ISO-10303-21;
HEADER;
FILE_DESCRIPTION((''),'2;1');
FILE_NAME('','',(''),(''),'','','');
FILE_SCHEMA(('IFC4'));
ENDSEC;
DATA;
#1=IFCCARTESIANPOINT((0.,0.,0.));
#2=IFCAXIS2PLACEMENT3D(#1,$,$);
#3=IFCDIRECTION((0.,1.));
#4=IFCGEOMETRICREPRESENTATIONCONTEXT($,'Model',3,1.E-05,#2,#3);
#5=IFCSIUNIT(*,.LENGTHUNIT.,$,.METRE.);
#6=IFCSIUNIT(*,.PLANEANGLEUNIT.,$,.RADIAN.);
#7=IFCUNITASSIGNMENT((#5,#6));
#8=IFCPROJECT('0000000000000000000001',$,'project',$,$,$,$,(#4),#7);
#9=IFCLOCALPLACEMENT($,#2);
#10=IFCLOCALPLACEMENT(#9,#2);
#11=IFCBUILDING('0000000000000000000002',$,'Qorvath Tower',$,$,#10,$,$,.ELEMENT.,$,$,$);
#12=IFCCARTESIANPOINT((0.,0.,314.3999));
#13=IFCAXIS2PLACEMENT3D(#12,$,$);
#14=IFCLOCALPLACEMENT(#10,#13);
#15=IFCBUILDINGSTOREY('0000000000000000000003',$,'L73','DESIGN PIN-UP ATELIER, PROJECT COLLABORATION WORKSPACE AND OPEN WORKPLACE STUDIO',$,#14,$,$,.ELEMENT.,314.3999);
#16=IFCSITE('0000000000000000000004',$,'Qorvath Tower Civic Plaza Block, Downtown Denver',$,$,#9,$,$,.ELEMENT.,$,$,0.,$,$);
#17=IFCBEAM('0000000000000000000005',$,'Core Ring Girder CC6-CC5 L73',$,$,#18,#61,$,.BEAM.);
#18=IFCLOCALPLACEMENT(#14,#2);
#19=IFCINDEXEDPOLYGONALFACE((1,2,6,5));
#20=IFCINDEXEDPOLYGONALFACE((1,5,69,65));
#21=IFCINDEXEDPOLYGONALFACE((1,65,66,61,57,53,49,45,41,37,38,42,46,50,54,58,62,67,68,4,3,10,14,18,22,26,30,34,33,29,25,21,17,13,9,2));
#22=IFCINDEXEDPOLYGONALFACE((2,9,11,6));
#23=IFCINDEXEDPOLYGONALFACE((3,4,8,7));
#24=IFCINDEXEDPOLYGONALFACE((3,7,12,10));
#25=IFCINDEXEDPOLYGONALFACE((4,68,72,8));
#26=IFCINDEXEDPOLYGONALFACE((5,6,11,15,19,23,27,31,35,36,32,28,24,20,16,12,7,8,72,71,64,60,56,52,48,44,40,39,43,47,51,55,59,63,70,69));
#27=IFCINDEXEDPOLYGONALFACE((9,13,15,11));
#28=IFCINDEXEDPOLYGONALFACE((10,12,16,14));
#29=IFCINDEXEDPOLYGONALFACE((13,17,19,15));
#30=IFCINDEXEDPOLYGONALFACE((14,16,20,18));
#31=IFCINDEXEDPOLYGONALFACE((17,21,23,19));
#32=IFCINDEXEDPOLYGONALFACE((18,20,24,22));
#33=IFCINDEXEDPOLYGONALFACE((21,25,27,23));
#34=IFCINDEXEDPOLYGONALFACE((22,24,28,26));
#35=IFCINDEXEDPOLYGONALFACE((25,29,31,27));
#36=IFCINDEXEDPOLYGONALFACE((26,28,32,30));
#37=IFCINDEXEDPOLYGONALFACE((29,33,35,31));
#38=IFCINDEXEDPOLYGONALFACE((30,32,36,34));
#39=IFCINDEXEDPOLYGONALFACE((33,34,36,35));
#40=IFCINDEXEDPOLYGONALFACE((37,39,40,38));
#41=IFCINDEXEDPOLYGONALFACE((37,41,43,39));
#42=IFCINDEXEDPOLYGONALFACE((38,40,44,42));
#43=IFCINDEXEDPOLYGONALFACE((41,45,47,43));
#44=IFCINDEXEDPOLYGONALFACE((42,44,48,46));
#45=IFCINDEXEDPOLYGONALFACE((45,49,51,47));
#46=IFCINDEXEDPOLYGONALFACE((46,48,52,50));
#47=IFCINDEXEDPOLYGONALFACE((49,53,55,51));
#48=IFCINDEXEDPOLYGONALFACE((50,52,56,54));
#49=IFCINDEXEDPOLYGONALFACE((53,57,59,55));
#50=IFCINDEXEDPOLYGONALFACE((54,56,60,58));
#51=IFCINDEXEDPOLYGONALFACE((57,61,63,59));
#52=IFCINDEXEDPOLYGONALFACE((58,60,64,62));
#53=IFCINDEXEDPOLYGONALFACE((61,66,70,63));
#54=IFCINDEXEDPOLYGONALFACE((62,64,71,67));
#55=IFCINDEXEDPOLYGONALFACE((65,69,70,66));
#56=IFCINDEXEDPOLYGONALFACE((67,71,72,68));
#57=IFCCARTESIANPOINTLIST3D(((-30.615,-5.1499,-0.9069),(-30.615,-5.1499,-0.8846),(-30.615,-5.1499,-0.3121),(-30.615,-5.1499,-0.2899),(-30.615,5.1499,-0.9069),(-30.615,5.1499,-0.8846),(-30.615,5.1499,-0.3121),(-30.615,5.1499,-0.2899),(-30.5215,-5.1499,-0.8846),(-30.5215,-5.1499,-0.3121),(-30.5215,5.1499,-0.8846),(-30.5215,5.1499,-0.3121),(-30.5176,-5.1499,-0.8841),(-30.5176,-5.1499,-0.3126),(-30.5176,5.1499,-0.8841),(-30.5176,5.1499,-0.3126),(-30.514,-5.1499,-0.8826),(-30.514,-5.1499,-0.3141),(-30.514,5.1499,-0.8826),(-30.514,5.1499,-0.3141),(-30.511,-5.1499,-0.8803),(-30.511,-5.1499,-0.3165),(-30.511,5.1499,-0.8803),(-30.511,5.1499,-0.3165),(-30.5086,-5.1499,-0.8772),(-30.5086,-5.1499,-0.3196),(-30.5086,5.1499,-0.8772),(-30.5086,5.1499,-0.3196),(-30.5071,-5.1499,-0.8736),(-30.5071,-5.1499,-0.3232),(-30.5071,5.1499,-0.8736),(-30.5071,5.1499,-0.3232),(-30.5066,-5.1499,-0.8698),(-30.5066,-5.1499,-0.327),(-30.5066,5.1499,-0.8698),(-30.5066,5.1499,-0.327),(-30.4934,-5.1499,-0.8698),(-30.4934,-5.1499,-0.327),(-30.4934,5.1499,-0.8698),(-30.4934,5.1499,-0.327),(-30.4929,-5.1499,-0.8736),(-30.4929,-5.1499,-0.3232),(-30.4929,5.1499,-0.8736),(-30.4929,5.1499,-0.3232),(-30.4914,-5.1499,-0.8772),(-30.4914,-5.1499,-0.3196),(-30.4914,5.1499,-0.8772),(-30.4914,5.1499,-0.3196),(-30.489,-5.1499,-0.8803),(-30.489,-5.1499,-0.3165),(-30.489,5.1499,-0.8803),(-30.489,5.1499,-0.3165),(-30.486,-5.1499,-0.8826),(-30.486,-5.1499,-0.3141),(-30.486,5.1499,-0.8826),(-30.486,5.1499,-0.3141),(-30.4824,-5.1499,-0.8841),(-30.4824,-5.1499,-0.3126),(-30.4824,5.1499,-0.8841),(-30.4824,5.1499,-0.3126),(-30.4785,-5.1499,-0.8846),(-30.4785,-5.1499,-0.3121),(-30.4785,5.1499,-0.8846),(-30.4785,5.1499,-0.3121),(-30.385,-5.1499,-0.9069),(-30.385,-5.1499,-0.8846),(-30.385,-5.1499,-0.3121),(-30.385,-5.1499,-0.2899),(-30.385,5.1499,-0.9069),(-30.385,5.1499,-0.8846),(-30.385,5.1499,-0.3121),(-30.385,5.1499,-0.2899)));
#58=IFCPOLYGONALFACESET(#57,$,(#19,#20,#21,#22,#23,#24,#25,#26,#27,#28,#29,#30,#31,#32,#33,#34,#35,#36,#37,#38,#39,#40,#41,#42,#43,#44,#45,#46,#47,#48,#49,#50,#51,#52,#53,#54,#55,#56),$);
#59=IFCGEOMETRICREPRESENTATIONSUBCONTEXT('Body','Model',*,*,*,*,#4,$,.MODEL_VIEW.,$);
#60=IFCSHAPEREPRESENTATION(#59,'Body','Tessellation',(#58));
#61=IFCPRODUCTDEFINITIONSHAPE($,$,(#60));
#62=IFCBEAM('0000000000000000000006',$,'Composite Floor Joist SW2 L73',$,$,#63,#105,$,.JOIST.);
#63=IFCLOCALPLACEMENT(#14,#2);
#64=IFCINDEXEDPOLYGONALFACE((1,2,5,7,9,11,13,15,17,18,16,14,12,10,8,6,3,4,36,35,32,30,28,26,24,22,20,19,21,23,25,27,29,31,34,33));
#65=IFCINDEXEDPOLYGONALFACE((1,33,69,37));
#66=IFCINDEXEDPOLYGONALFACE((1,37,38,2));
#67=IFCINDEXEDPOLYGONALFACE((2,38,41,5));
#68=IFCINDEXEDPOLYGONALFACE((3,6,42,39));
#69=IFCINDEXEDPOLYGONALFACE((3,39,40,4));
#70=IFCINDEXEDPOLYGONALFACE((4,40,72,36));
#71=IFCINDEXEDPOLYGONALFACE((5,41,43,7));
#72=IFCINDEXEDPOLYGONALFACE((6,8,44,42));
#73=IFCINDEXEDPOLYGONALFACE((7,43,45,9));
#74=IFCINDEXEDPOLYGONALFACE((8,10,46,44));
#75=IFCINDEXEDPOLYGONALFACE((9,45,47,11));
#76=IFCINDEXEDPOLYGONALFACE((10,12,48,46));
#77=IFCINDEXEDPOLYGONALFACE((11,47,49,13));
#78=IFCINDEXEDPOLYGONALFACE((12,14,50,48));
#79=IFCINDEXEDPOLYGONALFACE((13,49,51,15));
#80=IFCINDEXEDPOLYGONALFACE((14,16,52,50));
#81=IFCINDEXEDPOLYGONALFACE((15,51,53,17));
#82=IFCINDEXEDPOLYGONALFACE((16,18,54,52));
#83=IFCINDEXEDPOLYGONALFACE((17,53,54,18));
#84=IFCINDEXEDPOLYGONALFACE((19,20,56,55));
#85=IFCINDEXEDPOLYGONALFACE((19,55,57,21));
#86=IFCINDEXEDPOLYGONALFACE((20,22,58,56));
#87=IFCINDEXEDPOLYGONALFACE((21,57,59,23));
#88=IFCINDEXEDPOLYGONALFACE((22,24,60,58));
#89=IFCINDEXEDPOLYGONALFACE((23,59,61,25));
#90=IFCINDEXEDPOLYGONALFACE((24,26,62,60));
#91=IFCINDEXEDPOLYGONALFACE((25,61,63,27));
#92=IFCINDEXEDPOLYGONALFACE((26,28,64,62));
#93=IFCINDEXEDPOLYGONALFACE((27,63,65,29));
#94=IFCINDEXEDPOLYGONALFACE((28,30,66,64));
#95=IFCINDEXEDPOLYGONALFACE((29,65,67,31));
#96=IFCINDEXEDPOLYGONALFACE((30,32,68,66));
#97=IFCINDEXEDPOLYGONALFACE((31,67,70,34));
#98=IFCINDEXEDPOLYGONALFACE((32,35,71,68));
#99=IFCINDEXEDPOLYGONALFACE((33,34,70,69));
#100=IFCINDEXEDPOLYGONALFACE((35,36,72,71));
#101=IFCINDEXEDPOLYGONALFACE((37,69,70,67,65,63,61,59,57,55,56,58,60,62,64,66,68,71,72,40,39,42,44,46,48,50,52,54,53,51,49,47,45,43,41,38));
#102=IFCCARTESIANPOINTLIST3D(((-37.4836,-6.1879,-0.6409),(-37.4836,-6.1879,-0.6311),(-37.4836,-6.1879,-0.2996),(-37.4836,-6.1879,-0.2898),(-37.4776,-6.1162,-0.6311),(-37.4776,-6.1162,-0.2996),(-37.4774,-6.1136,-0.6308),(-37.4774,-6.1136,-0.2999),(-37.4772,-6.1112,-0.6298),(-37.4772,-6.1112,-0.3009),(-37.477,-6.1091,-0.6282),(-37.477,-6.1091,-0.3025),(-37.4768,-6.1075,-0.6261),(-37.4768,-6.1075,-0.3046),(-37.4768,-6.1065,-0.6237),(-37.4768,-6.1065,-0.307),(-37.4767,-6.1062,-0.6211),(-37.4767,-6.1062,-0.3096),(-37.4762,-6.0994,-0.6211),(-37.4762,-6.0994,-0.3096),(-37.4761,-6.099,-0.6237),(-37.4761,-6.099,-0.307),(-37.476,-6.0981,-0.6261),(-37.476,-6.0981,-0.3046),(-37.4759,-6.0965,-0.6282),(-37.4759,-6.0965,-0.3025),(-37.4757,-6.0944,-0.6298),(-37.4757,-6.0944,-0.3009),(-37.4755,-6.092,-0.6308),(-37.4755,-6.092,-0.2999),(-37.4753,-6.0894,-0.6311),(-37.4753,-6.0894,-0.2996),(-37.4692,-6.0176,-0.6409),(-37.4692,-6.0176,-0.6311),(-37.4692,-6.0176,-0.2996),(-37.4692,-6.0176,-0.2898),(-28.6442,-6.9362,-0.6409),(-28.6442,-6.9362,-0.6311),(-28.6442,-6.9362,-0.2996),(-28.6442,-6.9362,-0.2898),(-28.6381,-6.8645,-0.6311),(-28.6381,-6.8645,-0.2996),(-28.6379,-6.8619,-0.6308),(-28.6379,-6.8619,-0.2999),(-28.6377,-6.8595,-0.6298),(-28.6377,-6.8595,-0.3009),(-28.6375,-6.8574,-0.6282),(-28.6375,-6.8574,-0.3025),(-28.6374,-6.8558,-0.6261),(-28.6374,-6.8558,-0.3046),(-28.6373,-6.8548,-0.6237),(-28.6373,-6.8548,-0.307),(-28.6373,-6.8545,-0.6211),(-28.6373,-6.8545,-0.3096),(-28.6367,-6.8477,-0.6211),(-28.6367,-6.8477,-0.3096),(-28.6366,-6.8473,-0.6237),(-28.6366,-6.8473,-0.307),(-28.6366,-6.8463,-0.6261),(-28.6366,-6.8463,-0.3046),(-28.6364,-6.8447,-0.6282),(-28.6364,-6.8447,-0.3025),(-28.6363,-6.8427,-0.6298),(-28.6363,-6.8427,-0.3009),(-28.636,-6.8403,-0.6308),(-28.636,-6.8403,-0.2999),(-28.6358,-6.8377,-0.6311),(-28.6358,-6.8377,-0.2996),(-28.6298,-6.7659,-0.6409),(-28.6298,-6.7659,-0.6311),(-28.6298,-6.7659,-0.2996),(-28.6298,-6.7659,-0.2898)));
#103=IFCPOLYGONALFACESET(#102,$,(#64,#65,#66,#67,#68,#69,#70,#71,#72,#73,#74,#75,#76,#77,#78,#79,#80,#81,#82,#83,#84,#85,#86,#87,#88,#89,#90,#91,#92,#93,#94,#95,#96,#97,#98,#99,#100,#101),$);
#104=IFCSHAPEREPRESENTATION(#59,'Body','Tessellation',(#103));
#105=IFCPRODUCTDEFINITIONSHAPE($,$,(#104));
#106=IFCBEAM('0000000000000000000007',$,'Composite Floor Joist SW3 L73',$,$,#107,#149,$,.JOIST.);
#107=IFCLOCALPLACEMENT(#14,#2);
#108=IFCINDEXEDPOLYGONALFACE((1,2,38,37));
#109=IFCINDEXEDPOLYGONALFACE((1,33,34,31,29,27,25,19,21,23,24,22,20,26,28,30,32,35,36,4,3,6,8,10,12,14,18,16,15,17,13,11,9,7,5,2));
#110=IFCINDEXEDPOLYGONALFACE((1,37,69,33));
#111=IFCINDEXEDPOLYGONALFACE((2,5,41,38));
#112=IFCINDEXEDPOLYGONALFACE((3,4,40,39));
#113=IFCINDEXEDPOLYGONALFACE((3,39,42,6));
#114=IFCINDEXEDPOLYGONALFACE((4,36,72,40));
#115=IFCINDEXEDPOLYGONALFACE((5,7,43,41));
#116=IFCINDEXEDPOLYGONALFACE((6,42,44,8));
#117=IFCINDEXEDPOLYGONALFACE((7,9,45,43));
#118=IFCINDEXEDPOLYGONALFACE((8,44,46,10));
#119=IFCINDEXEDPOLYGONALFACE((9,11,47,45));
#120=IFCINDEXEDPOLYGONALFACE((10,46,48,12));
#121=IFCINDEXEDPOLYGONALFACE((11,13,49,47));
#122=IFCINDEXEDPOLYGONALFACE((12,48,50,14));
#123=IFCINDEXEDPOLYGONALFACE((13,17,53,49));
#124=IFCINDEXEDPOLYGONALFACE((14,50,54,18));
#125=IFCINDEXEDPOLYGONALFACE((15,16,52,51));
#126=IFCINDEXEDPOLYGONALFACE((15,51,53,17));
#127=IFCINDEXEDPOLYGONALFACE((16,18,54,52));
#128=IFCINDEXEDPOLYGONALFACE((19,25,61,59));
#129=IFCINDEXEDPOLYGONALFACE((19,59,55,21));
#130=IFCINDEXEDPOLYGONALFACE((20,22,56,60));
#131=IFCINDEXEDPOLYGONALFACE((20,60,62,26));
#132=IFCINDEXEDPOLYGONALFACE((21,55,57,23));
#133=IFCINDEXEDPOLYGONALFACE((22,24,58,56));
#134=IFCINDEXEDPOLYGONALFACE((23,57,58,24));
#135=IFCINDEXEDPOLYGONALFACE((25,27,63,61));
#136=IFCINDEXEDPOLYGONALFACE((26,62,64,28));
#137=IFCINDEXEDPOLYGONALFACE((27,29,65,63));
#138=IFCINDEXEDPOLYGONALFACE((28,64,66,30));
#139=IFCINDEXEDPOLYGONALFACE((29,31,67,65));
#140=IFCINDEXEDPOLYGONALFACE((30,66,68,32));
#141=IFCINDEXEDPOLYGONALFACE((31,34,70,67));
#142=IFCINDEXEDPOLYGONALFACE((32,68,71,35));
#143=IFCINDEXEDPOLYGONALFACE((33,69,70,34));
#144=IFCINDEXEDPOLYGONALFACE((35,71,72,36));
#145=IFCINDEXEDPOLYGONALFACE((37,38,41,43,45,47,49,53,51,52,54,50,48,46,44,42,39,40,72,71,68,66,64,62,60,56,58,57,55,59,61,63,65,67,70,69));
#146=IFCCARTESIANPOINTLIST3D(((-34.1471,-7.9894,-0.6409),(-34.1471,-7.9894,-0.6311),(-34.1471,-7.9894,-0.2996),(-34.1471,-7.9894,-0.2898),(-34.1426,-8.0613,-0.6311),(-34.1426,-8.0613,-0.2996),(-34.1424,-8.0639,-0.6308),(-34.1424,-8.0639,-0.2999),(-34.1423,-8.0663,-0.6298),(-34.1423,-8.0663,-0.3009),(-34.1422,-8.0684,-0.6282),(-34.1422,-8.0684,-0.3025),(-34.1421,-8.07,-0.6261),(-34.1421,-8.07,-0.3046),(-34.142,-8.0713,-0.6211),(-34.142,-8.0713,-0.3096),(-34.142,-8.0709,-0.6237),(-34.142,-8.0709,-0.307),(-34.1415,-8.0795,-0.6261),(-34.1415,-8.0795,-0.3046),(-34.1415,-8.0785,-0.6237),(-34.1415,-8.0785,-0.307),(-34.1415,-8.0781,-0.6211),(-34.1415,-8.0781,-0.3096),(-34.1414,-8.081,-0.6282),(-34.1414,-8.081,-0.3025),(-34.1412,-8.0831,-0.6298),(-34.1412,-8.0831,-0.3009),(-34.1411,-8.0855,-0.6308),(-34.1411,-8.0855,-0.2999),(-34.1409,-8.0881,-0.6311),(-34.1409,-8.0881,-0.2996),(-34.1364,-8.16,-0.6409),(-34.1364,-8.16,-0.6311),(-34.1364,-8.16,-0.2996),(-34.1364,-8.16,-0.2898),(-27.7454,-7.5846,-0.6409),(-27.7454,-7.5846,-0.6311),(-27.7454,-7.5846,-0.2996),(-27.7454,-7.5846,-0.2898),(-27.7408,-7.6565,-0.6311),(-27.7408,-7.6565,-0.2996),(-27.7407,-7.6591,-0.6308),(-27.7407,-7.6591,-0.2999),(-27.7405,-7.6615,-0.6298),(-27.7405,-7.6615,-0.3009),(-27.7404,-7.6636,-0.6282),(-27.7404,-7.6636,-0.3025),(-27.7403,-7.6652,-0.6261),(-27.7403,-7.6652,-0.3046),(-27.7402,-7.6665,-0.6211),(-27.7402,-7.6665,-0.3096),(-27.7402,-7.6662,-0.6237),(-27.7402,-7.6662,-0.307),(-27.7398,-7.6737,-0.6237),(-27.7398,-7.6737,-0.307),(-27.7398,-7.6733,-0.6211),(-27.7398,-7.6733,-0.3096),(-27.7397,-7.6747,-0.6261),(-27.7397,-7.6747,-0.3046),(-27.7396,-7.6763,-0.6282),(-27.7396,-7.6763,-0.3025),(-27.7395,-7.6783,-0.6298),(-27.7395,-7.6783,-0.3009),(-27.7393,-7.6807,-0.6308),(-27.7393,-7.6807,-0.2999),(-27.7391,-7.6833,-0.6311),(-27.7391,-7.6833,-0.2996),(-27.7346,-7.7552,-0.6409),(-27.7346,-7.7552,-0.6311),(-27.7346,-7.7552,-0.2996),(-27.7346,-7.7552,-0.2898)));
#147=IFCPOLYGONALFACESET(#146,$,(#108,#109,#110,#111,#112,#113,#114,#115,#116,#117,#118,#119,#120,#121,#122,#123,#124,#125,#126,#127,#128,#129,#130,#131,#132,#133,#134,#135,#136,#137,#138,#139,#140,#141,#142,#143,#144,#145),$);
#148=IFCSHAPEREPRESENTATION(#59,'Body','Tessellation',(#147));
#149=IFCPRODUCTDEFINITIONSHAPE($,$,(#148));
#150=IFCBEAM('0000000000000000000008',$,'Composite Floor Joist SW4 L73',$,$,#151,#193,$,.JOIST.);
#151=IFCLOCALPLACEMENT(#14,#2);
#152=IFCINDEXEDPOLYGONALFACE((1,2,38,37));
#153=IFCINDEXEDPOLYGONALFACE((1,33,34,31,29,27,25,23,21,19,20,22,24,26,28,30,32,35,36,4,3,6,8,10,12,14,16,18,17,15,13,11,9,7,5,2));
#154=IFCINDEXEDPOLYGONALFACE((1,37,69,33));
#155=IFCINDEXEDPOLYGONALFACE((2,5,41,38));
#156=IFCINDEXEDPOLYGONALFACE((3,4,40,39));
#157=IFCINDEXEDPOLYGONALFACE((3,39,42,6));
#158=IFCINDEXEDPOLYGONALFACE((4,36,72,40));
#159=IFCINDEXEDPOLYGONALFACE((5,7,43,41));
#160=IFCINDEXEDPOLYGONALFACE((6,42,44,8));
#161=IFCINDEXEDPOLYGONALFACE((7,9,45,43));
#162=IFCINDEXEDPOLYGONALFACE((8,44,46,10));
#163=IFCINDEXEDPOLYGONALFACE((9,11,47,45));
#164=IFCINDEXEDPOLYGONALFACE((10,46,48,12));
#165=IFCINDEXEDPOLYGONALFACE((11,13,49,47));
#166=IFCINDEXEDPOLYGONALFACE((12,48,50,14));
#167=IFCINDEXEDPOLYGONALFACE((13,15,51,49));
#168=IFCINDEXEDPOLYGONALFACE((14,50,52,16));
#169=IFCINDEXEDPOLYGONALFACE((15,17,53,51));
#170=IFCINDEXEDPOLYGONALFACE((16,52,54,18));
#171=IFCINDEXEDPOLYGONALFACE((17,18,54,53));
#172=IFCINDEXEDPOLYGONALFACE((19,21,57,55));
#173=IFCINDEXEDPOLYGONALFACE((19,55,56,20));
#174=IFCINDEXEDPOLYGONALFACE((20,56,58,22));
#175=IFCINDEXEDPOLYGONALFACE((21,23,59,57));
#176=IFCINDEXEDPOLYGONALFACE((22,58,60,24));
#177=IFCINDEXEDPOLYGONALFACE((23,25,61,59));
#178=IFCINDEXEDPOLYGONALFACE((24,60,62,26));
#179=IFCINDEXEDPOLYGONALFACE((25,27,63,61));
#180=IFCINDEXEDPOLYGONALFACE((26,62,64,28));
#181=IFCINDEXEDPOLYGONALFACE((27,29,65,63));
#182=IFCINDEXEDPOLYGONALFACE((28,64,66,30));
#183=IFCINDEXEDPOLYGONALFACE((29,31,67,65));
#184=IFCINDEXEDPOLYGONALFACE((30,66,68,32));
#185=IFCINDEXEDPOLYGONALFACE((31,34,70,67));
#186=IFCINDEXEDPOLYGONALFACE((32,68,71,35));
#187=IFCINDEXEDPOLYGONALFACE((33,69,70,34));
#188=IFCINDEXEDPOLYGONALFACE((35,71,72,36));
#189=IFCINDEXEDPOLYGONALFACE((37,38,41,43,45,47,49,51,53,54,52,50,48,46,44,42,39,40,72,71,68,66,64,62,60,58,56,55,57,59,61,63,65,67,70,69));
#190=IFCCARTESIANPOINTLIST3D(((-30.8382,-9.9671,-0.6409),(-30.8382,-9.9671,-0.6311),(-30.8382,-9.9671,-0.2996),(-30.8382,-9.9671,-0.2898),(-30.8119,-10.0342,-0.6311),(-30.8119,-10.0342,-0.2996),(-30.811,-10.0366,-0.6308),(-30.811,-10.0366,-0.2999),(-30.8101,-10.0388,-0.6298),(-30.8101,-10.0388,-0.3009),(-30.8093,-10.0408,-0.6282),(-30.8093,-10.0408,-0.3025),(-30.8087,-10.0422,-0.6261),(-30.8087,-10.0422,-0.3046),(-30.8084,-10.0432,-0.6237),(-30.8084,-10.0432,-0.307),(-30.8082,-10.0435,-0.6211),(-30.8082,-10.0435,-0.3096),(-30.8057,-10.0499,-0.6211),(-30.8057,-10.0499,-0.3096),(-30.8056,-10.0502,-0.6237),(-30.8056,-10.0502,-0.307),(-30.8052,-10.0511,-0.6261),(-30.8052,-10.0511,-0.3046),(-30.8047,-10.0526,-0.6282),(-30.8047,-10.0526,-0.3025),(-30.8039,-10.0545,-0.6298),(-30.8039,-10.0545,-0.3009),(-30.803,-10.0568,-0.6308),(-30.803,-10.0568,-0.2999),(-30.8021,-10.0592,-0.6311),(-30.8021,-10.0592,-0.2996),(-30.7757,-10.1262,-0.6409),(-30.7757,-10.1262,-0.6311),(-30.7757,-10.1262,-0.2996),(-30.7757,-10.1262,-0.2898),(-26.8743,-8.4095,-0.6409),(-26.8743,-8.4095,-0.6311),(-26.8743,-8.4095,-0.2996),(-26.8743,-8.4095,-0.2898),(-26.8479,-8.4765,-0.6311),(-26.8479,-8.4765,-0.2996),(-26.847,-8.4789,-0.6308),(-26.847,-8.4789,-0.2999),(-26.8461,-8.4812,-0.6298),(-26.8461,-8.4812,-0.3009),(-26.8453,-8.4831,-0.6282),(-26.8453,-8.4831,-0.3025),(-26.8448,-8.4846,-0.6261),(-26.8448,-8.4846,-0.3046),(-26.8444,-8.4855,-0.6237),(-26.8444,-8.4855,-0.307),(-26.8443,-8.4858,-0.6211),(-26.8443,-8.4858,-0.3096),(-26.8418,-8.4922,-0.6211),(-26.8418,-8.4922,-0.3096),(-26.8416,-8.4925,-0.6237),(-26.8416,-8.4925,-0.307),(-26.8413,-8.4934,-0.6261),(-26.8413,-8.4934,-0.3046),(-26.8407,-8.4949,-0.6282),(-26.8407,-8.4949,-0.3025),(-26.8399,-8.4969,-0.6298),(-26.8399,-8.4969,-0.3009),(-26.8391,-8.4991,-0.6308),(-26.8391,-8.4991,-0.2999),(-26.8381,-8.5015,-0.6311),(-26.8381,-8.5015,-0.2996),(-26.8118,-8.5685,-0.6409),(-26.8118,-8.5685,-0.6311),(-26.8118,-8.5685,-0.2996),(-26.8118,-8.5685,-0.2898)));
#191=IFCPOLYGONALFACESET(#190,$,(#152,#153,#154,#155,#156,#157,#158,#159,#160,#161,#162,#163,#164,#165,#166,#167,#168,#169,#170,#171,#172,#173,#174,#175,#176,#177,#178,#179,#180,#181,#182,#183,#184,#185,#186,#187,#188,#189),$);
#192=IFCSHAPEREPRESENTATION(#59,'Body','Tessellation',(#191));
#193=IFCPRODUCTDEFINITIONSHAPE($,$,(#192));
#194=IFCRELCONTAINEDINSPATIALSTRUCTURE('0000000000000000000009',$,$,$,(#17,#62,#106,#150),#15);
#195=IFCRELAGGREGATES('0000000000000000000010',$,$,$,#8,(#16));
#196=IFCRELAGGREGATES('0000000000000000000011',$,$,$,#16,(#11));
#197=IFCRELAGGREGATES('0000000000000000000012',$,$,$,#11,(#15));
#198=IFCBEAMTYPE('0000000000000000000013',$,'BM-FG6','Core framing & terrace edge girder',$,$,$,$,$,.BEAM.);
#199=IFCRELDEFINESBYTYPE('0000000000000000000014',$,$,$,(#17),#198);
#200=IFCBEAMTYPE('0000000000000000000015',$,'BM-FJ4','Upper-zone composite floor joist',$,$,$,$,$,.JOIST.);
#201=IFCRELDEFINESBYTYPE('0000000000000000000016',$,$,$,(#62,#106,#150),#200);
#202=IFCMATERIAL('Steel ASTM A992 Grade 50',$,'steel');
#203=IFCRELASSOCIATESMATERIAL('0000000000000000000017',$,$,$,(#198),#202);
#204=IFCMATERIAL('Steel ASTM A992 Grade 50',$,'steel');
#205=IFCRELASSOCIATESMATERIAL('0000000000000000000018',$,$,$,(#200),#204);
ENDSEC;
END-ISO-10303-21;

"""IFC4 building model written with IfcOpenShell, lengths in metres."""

from ifc_helpers import new_model, si_unit, direction, frame, origin, origin_2d, place, context, subcontext, project, spatial, i_section, extrude, material, material_profile, profile_set, type_object, element, save


model = new_model("IFC4")

# Units and contexts
model_context = context("Model", 3, precision=1e-05, world=origin(), true_north=direction((0.0, 1.0)))
body_context = subcontext(model_context, "Body", "Model", "MODEL_VIEW")
ifc_project = project(units=[si_unit("LENGTHUNIT", "METRE"), si_unit("PLANEANGLEUNIT", "RADIAN")], contexts=[model_context])

# Site, building, storey
site_placement = place(None, origin())
site = spatial("IfcSite", under=ifc_project, at=site_placement, Name="Qorvath Tower Civic Plaza Block, Downtown Denver", CompositionType="ELEMENT", RefElevation=0.0)
building_placement = place(site_placement, origin())
building = spatial("IfcBuilding", under=site, at=building_placement, Name="Qorvath Tower", CompositionType="ELEMENT")
storey_placement = place(building_placement, frame((0.0, 0.0, 314.3999)))
storey = spatial("IfcBuildingStorey", under=building, at=storey_placement, Name="L73", Description="DESIGN PIN-UP ATELIER, PROJECT COLLABORATION WORKSPACE AND OPEN WORKPLACE STUDIO", CompositionType="ELEMENT", Elevation=314.3999)

# Beams
ifc_material_1 = material(Name="Steel ASTM A992 Grade 50", Category="steel")
ifc_material_profile_1 = material_profile(ifc_material_1, i_section(OverallWidth=0.23, OverallDepth=0.6169, WebThickness=0.0132, FlangeThickness=0.0222, FilletRadius=0.0149, at=origin_2d()), Name="W24x94")
ifc_profile_set_1 = profile_set([ifc_material_profile_1], Name="Steel ASTM A992 Grade 50")
beam_type_1 = type_object("IfcBeamType", Name="BM-FG6", Description="Core framing & terrace edge girder", PredefinedType="BEAM", material=ifc_profile_set_1)
beam_1_placement = place(storey_placement, frame((-30.5, -5.1499, -0.5984), z_axis=(0.0, 1.0, 0.0), x_axis=(-1.0, 0.0, 0.0)))
element("IfcBeam", 1, at=beam_1_placement, inside=storey, type_object=beam_type_1, Name="Core Ring Girder CC6-CC5 L73", PredefinedType="BEAM", context=body_context, shape_type="SweptSolid", body=[
    extrude(i_section(OverallWidth=0.23, OverallDepth=0.6169, WebThickness=0.0132, FlangeThickness=0.0222, FilletRadius=0.0149, at=origin_2d()), origin(), (0.0, 0.0, 1.0), 10.2998),
])
ifc_material_2 = material(Name="Steel ASTM A992 Grade 50", Category="steel")
ifc_material_profile_2 = material_profile(ifc_material_2, i_section(OverallWidth=0.1709, OverallDepth=0.3511, WebThickness=0.0068, FlangeThickness=0.0098, FilletRadius=0.01, at=origin_2d()), Name="W14x30")
ifc_profile_set_2 = profile_set([ifc_material_profile_2], Name="Steel ASTM A992 Grade 50")
beam_type_2 = type_object("IfcBeamType", Name="BM-FJ4", Description="Upper-zone composite floor joist", PredefinedType="JOIST", material=ifc_profile_set_2)
beam_2_placement = place(storey_placement, frame((-28.637, -6.8511, -0.4653), z_axis=(-0.996436, 0.08435, 0.0), x_axis=(-0.08435, -0.996436, 0.0)))
element("IfcBeam", 2, at=beam_2_placement, inside=storey, type_object=beam_type_2, Name="Composite Floor Joist SW2 L73", PredefinedType="JOIST", context=body_context, shape_type="SweptSolid", body=[
    extrude(i_section(OverallWidth=0.1709, OverallDepth=0.3511, WebThickness=0.0068, FlangeThickness=0.0098, FilletRadius=0.01, at=origin_2d()), origin(), (0.0, 0.0, 1.0), 8.8711),
])
beam_3_placement = place(storey_placement, frame((-27.74, -7.6699, -0.4653), z_axis=(-0.998007, -0.063103, 0.0), x_axis=(0.063103, -0.998007, 0.0)))
element("IfcBeam", 3, at=beam_3_placement, inside=storey, type_object=beam_type_2, Name="Composite Floor Joist SW3 L73", PredefinedType="JOIST", context=body_context, shape_type="SweptSolid", body=[
    extrude(i_section(OverallWidth=0.1709, OverallDepth=0.3511, WebThickness=0.0068, FlangeThickness=0.0098, FilletRadius=0.01, at=origin_2d()), origin(), (0.0, 0.0, 1.0), 6.4146),
])
beam_4_placement = place(storey_placement, frame((-26.843, -8.489, -0.4653), z_axis=(-0.930721, -0.36573, 0.0), x_axis=(0.36573, -0.930721, 0.0)))
element("IfcBeam", 4, at=beam_4_placement, inside=storey, type_object=beam_type_2, Name="Composite Floor Joist SW4 L73", PredefinedType="JOIST", context=body_context, shape_type="SweptSolid", body=[
    extrude(i_section(OverallWidth=0.1709, OverallDepth=0.3511, WebThickness=0.0068, FlangeThickness=0.0098, FilletRadius=0.01, at=origin_2d()), origin(), (0.0, 0.0, 1.0), 4.259),
])

save(model, "model.ifc")
